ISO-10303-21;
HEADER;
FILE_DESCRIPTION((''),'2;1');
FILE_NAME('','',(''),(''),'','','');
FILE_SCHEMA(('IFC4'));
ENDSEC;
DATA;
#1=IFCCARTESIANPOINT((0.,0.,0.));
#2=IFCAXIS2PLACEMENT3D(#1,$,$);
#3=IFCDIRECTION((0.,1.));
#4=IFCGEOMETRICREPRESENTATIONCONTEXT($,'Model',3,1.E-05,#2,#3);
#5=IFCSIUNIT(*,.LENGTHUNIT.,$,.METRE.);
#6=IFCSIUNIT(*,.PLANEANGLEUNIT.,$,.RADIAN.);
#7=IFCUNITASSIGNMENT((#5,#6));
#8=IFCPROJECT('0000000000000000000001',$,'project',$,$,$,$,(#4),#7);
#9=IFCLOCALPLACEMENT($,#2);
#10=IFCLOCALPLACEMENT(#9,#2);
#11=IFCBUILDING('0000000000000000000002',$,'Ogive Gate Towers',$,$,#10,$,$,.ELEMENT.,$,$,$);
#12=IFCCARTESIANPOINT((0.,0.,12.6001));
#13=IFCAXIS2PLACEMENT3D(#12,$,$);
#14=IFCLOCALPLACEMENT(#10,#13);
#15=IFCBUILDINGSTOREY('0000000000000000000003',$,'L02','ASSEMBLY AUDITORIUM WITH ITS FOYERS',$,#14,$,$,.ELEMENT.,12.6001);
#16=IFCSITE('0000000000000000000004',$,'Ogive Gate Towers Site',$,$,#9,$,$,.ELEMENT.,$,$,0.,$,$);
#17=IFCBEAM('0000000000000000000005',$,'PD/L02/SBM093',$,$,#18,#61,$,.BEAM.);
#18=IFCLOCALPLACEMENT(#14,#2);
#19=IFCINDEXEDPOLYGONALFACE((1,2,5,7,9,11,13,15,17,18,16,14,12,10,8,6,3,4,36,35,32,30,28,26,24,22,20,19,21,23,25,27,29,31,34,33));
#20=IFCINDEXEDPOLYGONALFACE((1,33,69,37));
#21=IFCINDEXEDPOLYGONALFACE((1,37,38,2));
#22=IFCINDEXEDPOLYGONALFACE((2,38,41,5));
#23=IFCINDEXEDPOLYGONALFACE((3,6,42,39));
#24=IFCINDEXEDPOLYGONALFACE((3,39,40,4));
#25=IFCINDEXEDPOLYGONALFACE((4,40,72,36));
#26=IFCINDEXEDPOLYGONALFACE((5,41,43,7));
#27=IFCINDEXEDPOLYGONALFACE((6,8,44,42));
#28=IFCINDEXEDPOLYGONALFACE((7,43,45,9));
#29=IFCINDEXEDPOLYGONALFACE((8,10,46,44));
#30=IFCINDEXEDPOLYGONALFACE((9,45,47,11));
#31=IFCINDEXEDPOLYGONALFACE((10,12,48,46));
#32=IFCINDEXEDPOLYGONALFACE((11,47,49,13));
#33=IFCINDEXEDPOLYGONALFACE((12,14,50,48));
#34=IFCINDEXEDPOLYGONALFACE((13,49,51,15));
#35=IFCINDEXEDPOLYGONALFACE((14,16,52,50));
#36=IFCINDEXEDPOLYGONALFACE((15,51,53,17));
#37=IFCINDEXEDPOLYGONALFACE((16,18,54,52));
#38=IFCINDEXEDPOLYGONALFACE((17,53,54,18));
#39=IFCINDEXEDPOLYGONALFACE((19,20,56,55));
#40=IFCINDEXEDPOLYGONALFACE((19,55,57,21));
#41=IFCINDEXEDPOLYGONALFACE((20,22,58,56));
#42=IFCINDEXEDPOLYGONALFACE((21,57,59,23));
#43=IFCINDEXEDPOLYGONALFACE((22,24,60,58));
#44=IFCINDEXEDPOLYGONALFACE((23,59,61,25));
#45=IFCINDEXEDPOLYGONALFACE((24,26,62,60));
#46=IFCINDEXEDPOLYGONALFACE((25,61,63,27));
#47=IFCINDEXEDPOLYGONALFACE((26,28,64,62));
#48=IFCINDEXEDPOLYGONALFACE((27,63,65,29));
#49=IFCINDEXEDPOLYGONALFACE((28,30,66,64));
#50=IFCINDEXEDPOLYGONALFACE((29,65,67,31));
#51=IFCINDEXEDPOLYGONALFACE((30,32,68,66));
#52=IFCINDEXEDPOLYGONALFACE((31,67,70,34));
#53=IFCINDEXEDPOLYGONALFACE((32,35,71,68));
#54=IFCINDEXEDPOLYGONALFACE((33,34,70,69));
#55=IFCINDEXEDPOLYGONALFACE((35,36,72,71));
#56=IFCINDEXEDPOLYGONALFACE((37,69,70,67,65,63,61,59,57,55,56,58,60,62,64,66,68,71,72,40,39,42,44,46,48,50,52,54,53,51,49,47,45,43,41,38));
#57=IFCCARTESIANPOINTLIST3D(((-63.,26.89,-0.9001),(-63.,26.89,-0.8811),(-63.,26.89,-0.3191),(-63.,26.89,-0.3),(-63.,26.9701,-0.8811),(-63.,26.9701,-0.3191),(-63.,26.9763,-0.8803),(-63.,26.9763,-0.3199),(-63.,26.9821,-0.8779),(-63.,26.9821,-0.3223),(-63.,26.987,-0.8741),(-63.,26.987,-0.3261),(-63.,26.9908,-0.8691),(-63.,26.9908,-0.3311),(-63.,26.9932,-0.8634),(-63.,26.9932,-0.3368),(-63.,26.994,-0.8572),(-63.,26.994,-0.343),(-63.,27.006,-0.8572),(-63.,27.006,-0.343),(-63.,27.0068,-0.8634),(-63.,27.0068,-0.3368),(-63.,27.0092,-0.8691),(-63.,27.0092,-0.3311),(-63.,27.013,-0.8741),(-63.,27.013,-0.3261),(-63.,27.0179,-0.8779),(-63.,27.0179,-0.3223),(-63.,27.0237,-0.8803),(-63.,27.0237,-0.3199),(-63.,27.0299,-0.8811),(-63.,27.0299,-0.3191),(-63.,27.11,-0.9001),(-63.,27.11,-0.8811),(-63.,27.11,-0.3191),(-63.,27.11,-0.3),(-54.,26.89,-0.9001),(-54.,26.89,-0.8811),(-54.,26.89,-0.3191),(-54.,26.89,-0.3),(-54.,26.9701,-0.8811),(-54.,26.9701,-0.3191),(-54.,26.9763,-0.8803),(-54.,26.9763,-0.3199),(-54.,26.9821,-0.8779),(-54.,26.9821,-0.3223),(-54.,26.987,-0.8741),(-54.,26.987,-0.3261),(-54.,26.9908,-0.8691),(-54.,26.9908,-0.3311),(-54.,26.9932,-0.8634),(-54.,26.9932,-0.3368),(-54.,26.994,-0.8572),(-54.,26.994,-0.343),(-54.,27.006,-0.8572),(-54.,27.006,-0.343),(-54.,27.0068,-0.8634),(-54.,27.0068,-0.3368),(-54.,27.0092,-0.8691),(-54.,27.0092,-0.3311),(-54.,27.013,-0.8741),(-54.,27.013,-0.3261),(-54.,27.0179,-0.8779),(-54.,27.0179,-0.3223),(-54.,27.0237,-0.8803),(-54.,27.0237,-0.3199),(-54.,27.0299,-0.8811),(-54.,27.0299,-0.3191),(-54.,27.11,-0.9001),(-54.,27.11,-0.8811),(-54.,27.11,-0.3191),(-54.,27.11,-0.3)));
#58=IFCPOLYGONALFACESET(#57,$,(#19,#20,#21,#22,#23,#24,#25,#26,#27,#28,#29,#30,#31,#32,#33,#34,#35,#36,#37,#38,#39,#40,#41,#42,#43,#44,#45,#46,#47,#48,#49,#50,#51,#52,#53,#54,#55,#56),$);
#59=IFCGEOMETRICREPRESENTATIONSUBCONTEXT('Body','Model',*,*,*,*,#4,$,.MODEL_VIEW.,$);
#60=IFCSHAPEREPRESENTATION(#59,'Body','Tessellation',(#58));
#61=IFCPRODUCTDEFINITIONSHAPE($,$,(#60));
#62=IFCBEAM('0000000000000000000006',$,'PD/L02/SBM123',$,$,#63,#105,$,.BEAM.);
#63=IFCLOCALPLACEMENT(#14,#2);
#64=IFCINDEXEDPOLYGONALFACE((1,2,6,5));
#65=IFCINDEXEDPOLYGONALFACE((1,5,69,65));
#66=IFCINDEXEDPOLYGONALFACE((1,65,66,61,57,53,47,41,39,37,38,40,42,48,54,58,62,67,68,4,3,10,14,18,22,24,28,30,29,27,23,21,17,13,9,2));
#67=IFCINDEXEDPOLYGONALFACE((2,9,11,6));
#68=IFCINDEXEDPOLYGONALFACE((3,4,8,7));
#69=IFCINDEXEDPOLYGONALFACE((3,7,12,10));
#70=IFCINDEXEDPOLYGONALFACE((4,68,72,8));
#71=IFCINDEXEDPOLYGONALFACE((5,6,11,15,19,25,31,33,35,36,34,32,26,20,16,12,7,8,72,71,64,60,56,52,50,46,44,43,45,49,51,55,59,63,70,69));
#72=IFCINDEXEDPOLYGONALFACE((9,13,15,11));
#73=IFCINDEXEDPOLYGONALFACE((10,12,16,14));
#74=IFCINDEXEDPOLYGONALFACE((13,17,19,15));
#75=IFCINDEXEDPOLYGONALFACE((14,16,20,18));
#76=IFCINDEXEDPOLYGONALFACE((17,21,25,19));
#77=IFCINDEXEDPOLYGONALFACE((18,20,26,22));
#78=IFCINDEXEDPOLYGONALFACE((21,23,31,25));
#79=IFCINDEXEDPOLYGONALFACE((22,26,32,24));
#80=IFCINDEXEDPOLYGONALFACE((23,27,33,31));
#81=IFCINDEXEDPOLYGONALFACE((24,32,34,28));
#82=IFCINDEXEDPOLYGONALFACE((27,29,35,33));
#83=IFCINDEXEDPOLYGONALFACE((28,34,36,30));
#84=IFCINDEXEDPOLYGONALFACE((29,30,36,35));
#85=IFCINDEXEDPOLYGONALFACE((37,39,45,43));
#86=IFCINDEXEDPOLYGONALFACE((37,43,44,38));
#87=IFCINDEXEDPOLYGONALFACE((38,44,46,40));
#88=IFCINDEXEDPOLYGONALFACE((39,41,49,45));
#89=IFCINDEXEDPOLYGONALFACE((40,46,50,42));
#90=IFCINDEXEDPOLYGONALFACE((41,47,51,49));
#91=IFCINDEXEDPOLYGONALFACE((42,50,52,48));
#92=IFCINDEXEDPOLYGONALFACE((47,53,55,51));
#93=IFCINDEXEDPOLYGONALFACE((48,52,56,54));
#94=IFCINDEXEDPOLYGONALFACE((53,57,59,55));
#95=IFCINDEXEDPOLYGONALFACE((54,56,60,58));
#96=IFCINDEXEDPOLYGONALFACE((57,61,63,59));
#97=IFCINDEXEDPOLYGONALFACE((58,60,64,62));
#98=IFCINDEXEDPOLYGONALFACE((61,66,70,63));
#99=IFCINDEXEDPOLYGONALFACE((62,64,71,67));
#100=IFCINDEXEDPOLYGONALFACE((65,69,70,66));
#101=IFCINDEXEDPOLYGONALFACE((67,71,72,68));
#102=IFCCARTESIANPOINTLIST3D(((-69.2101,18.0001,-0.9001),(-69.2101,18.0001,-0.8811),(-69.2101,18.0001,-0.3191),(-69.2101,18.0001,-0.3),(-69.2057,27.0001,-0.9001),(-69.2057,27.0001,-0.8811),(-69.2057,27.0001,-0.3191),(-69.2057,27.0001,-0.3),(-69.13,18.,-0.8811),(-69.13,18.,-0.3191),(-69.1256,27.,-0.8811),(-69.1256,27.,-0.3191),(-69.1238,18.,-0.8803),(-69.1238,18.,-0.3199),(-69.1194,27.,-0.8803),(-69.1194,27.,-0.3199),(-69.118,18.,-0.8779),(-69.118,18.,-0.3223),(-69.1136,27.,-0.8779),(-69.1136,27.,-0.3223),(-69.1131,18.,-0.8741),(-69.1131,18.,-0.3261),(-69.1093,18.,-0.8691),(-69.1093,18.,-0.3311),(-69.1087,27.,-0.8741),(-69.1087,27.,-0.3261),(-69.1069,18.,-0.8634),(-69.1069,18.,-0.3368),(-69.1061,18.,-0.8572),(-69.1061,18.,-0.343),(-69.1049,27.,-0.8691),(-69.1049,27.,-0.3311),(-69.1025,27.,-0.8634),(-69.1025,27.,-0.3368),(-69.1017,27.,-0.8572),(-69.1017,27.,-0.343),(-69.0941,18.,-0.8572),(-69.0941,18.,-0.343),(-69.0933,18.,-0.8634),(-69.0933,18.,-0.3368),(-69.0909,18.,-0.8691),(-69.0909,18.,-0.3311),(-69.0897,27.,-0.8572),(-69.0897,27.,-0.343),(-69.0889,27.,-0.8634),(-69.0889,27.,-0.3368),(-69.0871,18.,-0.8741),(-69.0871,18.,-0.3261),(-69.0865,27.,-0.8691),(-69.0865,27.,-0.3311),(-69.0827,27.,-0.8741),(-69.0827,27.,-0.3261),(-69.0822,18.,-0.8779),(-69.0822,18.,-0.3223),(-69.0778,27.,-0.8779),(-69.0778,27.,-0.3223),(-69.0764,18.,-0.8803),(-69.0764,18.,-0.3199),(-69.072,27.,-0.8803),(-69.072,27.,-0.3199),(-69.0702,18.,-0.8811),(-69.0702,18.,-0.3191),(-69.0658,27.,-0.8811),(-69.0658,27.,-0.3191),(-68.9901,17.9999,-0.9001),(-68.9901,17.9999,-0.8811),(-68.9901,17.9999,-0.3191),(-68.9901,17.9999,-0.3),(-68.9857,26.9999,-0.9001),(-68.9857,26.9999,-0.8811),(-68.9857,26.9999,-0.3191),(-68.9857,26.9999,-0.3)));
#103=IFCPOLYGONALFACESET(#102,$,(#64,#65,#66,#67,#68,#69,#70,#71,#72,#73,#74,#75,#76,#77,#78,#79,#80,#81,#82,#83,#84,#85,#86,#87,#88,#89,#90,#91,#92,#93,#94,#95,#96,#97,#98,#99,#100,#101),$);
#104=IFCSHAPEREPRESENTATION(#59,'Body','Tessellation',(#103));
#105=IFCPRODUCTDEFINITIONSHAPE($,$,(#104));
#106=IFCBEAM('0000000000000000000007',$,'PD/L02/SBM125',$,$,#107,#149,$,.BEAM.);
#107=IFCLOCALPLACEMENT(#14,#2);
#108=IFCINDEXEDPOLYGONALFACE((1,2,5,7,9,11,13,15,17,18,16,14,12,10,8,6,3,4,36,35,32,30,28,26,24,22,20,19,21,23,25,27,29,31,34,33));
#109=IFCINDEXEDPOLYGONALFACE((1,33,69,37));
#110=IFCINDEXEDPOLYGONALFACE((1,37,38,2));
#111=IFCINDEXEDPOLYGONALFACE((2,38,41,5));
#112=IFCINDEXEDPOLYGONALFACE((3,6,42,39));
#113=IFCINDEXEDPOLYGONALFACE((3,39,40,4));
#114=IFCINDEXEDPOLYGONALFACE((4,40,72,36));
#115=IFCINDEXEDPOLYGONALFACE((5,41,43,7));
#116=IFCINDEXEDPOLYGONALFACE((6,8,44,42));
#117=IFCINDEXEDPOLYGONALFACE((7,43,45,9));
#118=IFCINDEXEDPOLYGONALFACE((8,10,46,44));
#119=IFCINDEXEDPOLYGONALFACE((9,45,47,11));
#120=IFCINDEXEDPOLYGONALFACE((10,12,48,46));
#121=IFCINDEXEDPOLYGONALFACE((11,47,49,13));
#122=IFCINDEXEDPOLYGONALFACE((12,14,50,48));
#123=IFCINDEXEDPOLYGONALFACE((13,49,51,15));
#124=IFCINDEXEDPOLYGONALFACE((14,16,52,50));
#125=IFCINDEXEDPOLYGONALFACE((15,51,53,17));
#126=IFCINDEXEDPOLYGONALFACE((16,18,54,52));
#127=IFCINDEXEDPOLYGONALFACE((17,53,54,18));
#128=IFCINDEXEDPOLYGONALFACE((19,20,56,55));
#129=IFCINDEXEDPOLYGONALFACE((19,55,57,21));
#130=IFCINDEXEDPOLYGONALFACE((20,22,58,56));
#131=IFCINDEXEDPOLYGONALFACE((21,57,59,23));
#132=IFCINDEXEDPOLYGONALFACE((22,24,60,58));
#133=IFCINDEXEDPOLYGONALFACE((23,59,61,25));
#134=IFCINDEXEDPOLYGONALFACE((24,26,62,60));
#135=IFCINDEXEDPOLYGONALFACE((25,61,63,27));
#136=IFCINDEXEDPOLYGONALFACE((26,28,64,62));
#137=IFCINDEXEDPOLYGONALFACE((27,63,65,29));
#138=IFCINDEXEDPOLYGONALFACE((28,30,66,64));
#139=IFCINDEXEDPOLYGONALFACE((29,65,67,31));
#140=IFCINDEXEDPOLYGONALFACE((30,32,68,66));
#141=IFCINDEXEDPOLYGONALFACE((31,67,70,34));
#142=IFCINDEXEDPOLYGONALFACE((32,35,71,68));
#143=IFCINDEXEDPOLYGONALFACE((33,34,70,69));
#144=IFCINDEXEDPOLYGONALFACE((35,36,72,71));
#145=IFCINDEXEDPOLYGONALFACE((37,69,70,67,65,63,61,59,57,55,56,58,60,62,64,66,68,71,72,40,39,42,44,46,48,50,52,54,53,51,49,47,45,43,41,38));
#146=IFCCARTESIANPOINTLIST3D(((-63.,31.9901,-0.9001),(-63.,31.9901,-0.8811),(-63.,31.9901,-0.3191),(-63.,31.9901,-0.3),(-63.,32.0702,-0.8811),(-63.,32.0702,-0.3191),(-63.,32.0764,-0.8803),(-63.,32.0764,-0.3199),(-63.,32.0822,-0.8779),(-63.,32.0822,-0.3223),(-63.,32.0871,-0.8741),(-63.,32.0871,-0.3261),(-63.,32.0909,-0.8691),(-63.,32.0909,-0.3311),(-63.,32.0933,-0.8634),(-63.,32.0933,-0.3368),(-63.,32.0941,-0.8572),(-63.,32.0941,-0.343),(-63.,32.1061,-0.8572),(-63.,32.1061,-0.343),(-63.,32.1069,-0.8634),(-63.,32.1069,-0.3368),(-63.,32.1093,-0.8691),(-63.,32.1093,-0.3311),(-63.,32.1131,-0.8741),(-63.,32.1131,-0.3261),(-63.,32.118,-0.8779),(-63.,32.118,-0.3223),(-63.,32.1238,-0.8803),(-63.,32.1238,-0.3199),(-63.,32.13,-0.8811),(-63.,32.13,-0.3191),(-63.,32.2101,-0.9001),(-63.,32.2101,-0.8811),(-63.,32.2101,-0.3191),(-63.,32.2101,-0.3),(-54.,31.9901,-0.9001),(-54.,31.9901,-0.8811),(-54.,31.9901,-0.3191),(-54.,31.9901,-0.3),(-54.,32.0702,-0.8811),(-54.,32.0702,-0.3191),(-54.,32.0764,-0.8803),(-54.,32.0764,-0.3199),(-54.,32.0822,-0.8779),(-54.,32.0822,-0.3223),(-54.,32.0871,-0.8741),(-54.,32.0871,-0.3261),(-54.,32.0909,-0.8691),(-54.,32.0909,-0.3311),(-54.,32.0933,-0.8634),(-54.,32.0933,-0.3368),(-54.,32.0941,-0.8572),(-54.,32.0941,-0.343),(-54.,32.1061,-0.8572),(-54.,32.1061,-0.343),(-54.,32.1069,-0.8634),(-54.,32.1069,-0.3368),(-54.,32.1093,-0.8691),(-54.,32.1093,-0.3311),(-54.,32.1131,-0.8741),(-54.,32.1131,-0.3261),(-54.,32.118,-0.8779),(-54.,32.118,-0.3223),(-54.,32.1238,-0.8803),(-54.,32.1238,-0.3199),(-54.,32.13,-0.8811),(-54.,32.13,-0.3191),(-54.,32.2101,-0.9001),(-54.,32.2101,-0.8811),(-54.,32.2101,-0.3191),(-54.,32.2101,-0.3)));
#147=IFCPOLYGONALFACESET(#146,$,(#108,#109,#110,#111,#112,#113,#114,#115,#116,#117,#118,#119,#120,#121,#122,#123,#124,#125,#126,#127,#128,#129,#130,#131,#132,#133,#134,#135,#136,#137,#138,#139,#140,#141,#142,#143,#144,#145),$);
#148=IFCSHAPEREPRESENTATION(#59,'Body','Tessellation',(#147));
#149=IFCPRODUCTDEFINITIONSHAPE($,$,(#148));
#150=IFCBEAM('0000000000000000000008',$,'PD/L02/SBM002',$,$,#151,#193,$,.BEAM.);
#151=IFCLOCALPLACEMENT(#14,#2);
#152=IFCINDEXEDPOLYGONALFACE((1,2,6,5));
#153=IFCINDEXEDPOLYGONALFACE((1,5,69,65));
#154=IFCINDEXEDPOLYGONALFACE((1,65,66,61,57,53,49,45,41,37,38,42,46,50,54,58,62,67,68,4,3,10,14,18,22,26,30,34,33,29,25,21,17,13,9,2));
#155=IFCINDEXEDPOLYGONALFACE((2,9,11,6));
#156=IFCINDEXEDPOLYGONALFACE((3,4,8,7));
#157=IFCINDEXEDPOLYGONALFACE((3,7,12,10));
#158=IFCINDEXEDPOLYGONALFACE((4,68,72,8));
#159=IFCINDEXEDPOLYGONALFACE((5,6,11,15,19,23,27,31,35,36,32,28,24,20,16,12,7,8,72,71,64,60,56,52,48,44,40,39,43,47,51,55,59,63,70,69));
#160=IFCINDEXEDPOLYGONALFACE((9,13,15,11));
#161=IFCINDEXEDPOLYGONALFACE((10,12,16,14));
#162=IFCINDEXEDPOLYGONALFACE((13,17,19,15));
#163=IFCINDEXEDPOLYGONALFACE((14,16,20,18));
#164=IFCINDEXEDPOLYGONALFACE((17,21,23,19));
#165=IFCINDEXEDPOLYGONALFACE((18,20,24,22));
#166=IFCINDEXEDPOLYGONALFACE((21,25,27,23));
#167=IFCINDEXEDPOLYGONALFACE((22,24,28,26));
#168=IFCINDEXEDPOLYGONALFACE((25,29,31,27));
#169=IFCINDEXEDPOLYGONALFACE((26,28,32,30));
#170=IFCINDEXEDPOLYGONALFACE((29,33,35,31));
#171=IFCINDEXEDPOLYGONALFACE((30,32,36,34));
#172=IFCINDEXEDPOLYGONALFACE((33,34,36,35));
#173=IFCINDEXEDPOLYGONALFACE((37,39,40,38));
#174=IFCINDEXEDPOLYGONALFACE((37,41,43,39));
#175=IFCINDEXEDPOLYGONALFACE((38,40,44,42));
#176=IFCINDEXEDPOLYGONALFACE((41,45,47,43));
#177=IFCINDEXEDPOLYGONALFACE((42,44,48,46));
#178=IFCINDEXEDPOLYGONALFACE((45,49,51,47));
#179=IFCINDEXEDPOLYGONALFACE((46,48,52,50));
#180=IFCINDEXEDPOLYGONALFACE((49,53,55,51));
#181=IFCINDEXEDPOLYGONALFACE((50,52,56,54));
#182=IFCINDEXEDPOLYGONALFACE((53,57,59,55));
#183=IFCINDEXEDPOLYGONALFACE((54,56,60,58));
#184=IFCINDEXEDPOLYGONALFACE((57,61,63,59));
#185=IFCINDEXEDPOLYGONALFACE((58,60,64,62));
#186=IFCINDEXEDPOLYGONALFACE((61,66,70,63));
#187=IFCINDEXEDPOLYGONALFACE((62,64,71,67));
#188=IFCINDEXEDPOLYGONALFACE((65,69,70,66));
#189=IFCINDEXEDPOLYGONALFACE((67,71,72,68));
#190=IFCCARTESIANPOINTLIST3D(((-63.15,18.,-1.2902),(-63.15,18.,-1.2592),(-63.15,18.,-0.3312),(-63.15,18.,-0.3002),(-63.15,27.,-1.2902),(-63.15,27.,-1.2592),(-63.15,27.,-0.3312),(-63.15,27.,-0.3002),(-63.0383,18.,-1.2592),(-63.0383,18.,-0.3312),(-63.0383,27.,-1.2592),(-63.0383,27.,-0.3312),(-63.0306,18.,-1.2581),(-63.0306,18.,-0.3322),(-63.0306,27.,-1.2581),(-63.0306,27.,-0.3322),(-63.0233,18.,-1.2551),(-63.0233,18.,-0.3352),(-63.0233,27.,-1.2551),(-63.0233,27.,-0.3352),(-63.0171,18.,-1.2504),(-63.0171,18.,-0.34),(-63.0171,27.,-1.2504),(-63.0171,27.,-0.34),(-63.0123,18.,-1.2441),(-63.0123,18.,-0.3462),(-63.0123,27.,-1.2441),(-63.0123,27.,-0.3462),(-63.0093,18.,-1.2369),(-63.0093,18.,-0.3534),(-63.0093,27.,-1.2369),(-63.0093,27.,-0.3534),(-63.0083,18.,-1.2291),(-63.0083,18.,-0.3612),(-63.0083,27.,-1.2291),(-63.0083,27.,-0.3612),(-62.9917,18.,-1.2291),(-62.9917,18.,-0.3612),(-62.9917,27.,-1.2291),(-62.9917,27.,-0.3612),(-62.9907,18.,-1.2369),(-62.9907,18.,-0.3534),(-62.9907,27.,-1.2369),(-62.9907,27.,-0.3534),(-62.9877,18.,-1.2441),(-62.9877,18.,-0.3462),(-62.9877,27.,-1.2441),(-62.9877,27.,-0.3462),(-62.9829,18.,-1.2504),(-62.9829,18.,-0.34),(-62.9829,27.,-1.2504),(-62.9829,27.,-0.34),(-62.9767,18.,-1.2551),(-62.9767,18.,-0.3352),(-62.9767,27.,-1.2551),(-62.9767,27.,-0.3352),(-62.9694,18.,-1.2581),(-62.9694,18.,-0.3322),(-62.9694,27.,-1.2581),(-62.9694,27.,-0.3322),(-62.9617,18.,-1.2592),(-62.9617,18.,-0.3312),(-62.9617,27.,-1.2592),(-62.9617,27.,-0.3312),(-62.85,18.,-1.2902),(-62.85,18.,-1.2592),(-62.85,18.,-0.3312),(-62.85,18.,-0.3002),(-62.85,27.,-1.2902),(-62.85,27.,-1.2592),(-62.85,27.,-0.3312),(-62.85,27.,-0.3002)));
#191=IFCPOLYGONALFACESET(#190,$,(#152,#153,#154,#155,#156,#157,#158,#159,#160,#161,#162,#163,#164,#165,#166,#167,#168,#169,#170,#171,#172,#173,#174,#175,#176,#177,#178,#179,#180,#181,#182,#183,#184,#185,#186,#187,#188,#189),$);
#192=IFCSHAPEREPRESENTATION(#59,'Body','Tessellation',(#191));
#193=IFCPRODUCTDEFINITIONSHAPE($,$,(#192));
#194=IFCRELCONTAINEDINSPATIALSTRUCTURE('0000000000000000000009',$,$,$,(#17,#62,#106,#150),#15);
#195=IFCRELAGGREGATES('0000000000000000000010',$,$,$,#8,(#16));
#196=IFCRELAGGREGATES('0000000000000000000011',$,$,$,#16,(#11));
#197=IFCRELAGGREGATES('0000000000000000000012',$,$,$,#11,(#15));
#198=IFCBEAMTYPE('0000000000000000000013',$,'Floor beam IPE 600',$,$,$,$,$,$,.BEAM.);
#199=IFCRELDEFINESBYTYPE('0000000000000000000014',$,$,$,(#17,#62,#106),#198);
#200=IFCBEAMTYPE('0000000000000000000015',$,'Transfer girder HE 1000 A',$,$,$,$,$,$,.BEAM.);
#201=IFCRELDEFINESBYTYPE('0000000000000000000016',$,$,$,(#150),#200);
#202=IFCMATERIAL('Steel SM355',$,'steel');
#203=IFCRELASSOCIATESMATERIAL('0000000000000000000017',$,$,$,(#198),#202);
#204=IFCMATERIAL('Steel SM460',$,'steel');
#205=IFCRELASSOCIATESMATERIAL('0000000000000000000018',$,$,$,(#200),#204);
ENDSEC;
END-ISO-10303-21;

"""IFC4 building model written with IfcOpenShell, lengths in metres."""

from ifc_helpers import new_model, si_unit, direction, frame, origin, origin_2d, place, context, subcontext, project, spatial, i_section, extrude, material, material_profile, profile_set, type_object, element, save


model = new_model("IFC4")

# Units and contexts
model_context = context("Model", 3, precision=1e-05, world=origin(), true_north=direction((0.0, 1.0)))
body_context = subcontext(model_context, "Body", "Model", "MODEL_VIEW")
ifc_project = project(units=[si_unit("LENGTHUNIT", "METRE"), si_unit("PLANEANGLEUNIT", "RADIAN")], contexts=[model_context])

# Site, building, storey
site_placement = place(None, origin())
site = spatial("IfcSite", under=ifc_project, at=site_placement, Name="Ogive Gate Towers Site", CompositionType="ELEMENT", RefElevation=0.0)
building_placement = place(site_placement, origin())
building = spatial("IfcBuilding", under=site, at=building_placement, Name="Ogive Gate Towers", CompositionType="ELEMENT")
storey_placement = place(building_placement, frame((0.0, 0.0, 12.6001)))
storey = spatial("IfcBuildingStorey", under=building, at=storey_placement, Name="L02", Description="ASSEMBLY AUDITORIUM WITH ITS FOYERS", CompositionType="ELEMENT", Elevation=12.6001)

# Beams
ifc_material_1 = material(Name="Steel SM355", Category="steel")
ifc_material_profile_1 = material_profile(ifc_material_1, i_section(OverallWidth=0.22, OverallDepth=0.6001, WebThickness=0.012, FlangeThickness=0.019, FilletRadius=0.0239, at=origin_2d()), Name="IPE 600")
ifc_profile_set_1 = profile_set([ifc_material_profile_1], Name="Steel SM355")
beam_type_1 = type_object("IfcBeamType", Name="Floor beam IPE 600", PredefinedType="BEAM", material=ifc_profile_set_1)
for number, where, z_axis, x_axis, name in (
    (1, (-63.0, 27.0, -0.6001), (1.0, 0.0, 0.0), (0.0, 1.0, 0.0), "PD/L02/SBM093"),
    (2, (-69.1001, 18.0, -0.6001), (0.000488, 1.0, 0.0), (-1.0, 0.000488, 0.0), "PD/L02/SBM123"),
    (3, (-63.0, 32.1001, -0.6001), (1.0, 0.0, 0.0), (0.0, 1.0, 0.0), "PD/L02/SBM125"),
):
    element("IfcBeam", number, at=place(storey_placement, frame(where, z_axis=z_axis, x_axis=x_axis)), inside=storey, type_object=beam_type_1, Name=name, PredefinedType="BEAM", context=body_context, shape_type="SweptSolid", body=[
        extrude(i_section(OverallWidth=0.22, OverallDepth=0.6001, WebThickness=0.012, FlangeThickness=0.019, FilletRadius=0.0239, at=origin_2d()), origin(), (0.0, 0.0, 1.0), 9.0),
    ])
ifc_material_2 = material(Name="Steel SM460", Category="steel")
ifc_material_profile_2 = material_profile(ifc_material_2, i_section(OverallWidth=0.3, OverallDepth=0.99, WebThickness=0.0166, FlangeThickness=0.031, FilletRadius=0.03, at=origin_2d()), Name="HE 1000 A")
ifc_profile_set_2 = profile_set([ifc_material_profile_2], Name="Steel SM460")
beam_type_2 = type_object("IfcBeamType", Name="Transfer girder HE 1000 A", PredefinedType="BEAM", material=ifc_profile_set_2)
beam_1_placement = place(storey_placement, frame((-63.0, 18.0, -0.7952), z_axis=(0.0, 1.0, 0.0), x_axis=(-1.0, 0.0, 0.0)))
element("IfcBeam", 4, at=beam_1_placement, inside=storey, type_object=beam_type_2, Name="PD/L02/SBM002", PredefinedType="BEAM", context=body_context, shape_type="SweptSolid", body=[
    extrude(i_section(OverallWidth=0.3, OverallDepth=0.99, WebThickness=0.0166, FlangeThickness=0.031, FilletRadius=0.03, at=origin_2d()), origin(), (0.0, 0.0, 1.0), 9.0),
])

save(model, "model.ifc")
